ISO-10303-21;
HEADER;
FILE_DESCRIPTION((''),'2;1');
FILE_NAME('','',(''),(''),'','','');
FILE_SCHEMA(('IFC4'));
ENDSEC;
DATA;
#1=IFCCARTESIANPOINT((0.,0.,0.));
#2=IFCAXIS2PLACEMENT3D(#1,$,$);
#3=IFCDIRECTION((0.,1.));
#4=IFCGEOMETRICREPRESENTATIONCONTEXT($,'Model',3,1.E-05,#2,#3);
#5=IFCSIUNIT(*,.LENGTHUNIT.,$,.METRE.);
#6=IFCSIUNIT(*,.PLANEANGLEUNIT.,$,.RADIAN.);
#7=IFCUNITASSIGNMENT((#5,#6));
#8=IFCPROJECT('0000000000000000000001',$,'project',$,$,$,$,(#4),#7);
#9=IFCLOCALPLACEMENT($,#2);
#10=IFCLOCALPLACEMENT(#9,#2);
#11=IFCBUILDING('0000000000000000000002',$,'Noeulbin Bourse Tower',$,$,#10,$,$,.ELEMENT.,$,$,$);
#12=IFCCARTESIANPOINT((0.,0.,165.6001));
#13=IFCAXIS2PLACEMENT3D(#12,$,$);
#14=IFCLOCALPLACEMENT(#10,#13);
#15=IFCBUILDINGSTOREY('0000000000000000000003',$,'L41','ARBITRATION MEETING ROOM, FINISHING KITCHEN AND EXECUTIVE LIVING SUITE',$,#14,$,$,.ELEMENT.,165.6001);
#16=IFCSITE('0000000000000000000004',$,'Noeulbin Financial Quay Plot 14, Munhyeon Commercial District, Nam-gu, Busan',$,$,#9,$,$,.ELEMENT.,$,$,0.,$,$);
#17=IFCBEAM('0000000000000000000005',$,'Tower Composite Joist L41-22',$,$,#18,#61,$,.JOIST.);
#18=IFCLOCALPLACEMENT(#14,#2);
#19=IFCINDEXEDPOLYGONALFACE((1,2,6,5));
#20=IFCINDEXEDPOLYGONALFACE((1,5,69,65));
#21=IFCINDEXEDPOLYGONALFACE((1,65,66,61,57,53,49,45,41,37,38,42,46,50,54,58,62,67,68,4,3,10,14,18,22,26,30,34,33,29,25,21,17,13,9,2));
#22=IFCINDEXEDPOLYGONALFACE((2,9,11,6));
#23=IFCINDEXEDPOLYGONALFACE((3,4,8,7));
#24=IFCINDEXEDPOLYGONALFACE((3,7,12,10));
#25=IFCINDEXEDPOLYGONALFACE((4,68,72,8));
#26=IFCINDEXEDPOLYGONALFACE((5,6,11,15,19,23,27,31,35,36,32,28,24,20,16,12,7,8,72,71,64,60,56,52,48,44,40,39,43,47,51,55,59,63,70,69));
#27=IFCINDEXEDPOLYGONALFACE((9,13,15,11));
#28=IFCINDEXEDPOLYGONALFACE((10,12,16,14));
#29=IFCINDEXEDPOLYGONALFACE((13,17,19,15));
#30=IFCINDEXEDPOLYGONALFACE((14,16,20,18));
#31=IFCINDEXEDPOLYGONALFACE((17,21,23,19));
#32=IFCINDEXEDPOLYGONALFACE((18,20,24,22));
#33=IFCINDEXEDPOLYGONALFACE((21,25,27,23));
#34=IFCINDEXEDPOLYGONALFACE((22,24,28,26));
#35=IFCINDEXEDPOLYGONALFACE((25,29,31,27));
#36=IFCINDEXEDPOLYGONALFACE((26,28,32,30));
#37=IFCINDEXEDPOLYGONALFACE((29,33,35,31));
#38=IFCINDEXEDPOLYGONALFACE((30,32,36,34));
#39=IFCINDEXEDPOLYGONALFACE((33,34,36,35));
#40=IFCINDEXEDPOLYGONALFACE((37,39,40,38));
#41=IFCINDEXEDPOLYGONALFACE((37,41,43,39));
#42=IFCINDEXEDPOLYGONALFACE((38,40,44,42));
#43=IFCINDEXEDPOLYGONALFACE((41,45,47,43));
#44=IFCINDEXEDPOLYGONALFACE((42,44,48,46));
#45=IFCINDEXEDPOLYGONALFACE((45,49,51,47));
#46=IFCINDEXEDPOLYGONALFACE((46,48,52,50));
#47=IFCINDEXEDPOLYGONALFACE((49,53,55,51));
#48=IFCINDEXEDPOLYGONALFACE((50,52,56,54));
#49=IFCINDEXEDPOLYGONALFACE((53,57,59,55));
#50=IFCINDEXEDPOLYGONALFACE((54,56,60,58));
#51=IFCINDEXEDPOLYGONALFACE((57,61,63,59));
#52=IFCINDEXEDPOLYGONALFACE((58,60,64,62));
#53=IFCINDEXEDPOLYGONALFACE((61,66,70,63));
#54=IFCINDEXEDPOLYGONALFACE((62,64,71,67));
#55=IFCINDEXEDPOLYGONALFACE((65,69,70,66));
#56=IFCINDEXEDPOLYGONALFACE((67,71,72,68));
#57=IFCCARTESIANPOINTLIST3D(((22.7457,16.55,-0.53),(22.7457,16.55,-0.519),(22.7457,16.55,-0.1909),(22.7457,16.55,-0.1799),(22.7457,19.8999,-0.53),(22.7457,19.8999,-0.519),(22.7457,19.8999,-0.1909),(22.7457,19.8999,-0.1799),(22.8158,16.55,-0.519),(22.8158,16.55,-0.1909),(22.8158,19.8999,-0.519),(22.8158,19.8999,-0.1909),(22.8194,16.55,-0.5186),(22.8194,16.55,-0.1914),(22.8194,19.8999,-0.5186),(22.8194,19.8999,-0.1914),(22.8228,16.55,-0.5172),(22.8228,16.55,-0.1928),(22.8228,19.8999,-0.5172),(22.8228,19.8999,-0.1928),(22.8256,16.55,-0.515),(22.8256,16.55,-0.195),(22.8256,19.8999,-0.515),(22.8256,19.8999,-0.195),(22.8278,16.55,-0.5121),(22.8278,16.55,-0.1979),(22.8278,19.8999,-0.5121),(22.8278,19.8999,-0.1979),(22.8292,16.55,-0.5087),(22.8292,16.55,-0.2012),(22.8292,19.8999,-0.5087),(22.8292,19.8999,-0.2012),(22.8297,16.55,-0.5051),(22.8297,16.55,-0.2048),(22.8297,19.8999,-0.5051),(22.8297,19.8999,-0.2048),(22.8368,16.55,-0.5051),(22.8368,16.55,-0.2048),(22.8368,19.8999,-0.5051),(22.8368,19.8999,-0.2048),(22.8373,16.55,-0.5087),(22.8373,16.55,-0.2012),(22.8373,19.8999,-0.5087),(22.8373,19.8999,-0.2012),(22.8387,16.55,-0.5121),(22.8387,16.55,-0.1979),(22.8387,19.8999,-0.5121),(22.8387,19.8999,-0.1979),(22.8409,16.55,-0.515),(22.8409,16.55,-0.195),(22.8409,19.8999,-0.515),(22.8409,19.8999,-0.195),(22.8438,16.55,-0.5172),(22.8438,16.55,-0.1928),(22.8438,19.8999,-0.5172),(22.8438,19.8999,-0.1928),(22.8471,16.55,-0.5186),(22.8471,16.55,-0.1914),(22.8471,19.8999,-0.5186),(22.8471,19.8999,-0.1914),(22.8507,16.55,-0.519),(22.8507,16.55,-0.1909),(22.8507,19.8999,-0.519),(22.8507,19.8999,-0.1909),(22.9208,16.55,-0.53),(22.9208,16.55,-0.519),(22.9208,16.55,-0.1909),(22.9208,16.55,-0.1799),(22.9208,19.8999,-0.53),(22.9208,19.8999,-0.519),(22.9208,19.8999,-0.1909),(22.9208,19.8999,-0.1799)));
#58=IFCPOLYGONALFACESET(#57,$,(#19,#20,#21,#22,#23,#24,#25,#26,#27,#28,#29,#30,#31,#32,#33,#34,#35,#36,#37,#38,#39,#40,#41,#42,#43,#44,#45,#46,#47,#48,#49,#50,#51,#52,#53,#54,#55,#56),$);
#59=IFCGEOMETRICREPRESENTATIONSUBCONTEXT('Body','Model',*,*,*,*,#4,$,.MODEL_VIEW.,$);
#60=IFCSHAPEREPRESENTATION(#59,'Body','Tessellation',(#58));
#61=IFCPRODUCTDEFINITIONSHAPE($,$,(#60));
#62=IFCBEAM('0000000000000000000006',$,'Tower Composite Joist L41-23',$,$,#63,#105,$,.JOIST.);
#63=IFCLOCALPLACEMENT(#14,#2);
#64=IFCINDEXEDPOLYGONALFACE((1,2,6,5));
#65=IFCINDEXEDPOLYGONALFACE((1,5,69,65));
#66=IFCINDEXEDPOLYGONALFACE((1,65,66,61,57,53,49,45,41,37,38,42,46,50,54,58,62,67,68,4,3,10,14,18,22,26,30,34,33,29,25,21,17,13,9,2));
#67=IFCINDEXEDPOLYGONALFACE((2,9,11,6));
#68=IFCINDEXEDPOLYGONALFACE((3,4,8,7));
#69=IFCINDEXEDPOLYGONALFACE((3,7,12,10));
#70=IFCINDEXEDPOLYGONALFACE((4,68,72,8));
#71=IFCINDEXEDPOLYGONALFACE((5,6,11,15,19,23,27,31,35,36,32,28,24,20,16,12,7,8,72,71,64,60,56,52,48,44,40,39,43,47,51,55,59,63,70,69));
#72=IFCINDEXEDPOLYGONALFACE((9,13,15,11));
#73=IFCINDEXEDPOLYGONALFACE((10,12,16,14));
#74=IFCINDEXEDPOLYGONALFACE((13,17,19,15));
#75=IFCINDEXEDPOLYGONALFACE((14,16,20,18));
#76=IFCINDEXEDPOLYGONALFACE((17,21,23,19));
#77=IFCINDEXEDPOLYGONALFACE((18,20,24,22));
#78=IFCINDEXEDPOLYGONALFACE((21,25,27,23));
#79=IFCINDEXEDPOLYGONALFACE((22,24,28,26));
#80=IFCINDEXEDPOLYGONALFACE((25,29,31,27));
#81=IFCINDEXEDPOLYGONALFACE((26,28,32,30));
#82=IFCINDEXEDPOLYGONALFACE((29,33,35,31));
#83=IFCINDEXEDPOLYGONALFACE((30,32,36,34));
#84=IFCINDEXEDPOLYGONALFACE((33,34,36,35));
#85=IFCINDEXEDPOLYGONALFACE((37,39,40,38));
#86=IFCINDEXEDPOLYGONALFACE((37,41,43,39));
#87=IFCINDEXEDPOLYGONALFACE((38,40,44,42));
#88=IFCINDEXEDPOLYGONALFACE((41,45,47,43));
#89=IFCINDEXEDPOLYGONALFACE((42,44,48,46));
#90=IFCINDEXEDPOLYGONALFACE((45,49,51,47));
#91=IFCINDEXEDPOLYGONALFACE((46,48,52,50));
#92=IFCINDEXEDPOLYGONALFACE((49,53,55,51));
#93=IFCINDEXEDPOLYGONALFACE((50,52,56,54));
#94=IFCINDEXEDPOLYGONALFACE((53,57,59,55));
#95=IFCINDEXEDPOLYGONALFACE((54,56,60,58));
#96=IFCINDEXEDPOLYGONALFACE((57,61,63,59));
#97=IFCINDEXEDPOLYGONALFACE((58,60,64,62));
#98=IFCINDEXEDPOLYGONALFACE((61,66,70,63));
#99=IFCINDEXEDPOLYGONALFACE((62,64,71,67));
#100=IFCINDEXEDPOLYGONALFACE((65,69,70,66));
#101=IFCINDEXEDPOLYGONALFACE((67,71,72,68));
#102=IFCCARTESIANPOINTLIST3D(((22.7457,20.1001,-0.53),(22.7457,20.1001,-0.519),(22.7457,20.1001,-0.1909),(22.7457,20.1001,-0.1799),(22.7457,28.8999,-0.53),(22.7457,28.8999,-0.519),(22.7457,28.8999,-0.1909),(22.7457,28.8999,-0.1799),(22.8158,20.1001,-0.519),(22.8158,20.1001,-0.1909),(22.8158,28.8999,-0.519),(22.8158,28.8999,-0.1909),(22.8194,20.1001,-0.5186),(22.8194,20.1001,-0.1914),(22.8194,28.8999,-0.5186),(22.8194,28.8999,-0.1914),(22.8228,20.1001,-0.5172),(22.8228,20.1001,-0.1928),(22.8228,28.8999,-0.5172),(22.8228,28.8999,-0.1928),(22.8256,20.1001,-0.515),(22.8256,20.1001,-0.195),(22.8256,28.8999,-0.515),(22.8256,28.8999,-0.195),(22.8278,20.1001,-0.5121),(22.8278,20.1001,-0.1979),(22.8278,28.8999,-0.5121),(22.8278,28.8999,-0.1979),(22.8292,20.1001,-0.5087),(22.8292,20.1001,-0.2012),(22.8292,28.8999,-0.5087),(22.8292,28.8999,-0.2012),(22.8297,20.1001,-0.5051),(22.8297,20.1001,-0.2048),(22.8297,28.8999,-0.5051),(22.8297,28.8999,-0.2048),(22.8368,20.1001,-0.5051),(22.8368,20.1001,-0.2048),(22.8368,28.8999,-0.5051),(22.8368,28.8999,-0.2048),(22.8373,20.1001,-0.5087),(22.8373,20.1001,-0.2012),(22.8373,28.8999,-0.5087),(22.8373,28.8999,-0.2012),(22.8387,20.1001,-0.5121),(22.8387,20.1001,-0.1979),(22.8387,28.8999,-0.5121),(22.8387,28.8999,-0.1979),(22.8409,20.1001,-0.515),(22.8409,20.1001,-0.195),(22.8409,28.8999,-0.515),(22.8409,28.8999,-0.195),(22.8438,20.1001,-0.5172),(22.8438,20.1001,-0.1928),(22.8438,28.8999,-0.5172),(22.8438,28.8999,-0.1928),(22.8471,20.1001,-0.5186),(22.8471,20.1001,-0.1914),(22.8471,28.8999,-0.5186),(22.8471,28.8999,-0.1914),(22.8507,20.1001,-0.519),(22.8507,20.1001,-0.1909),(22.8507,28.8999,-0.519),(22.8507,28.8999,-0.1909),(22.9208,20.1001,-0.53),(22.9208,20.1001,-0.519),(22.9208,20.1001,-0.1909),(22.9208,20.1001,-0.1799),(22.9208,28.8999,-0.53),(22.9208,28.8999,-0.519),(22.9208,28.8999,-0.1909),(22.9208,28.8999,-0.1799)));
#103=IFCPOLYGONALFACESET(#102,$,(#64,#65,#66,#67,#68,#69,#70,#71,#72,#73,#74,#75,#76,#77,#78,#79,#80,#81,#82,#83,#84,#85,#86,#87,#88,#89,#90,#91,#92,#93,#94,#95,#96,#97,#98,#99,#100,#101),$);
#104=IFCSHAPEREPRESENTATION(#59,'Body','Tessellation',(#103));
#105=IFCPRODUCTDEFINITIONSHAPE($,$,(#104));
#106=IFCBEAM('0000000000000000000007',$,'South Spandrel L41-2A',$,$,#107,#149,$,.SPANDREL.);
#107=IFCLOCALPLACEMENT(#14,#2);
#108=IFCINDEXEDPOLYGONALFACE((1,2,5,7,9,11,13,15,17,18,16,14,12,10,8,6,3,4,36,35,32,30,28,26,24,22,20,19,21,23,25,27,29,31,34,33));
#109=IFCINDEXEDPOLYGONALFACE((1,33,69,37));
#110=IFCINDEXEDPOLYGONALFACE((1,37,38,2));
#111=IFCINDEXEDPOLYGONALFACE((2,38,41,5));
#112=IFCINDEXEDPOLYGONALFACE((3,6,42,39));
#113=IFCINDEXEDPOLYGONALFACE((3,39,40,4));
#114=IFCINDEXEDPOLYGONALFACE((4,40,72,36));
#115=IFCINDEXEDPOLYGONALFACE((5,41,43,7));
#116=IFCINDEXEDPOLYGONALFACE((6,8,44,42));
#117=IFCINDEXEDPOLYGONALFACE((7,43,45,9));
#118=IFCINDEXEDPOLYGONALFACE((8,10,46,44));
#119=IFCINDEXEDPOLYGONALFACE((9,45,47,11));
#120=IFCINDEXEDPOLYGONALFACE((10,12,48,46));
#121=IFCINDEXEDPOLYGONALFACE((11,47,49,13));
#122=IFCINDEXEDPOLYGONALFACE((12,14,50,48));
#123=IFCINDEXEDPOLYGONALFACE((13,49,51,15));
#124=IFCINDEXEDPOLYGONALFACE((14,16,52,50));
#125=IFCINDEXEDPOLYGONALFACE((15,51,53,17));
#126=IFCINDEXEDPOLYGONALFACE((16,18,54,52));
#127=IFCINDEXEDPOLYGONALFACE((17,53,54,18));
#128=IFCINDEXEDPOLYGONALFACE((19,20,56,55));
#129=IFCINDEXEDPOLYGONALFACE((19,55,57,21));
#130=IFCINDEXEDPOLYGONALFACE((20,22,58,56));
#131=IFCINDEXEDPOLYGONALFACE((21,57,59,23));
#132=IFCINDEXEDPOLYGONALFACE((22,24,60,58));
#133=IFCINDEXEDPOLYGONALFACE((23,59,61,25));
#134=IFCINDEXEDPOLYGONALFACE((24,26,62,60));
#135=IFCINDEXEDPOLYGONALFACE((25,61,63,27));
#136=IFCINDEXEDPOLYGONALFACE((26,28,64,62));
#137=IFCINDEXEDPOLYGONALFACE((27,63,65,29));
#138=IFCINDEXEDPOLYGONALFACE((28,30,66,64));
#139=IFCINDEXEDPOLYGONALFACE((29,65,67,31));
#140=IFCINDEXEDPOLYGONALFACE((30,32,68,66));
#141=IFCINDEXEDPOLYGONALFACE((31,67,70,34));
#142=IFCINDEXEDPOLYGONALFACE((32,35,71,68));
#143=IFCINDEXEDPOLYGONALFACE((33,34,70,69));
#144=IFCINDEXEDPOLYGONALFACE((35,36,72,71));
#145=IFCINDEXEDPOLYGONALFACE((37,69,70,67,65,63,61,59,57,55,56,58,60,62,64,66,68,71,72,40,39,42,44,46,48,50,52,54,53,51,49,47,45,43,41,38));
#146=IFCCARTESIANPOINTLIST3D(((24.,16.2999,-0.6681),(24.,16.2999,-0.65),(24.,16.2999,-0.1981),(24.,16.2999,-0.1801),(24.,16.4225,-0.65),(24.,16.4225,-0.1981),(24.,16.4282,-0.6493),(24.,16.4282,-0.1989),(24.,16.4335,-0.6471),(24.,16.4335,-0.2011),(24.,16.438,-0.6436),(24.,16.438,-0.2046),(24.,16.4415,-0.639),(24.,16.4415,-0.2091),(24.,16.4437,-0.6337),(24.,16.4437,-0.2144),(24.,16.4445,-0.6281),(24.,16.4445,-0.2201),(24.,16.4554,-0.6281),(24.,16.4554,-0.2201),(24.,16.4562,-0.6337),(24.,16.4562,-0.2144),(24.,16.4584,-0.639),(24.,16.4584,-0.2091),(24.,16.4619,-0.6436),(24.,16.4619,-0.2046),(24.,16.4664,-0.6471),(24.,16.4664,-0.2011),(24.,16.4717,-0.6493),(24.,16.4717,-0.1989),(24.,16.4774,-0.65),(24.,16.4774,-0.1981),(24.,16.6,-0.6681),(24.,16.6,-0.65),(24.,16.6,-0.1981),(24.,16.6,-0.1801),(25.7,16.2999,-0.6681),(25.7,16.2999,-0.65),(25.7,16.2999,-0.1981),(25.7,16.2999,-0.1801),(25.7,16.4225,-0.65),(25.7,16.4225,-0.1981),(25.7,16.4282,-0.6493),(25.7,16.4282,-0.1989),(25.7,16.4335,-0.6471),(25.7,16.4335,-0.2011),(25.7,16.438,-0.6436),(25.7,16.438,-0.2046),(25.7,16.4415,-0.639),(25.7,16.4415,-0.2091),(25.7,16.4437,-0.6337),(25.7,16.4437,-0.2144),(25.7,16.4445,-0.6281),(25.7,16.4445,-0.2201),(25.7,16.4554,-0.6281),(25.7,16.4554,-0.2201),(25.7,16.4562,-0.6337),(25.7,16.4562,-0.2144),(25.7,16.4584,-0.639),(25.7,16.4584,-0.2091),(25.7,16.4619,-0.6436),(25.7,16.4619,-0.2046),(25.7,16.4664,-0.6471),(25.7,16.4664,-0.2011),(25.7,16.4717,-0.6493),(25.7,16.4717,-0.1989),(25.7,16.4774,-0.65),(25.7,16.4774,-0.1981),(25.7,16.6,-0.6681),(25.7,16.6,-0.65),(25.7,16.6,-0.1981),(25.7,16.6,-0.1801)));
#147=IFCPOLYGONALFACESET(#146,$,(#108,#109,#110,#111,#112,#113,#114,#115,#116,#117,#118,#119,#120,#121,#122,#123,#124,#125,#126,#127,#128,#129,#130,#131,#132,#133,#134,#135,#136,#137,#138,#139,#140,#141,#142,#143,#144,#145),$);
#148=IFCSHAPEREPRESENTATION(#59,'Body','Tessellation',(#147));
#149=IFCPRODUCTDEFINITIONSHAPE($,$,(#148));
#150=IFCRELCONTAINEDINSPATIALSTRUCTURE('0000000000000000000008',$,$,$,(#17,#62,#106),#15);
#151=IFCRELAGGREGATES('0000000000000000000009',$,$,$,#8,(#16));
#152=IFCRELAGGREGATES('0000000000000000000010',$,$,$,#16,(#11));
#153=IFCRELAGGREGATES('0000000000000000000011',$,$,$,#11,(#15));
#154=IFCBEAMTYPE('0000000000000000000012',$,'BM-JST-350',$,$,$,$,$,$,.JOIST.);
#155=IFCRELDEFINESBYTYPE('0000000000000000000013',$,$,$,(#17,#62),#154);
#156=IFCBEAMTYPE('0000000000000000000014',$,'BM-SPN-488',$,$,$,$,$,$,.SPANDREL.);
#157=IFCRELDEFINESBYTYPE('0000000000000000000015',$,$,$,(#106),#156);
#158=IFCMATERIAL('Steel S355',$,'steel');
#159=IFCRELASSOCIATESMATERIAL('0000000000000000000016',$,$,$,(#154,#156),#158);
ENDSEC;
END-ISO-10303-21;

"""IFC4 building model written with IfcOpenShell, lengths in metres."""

from ifc_helpers import new_model, si_unit, direction, frame, origin, origin_2d, place, context, subcontext, project, spatial, i_section, extrude, material, material_profile, profile_set, type_object, element, save


model = new_model("IFC4")

# Units and contexts
model_context = context("Model", 3, precision=1e-05, world=origin(), true_north=direction((0.0, 1.0)))
body_context = subcontext(model_context, "Body", "Model", "MODEL_VIEW")
ifc_project = project(units=[si_unit("LENGTHUNIT", "METRE"), si_unit("PLANEANGLEUNIT", "RADIAN")], contexts=[model_context])

# Site, building, storey
site_placement = place(None, origin())
site = spatial("IfcSite", under=ifc_project, at=site_placement, Name="Noeulbin Financial Quay Plot 14, Munhyeon Commercial District, Nam-gu, Busan", CompositionType="ELEMENT", RefElevation=0.0)
building_placement = place(site_placement, origin())
building = spatial("IfcBuilding", under=site, at=building_placement, Name="Noeulbin Bourse Tower", CompositionType="ELEMENT")
storey_placement = place(building_placement, frame((0.0, 0.0, 165.6001)))
storey = spatial("IfcBuildingStorey", under=building, at=storey_placement, Name="L41", Description="ARBITRATION MEETING ROOM, FINISHING KITCHEN AND EXECUTIVE LIVING SUITE", CompositionType="ELEMENT", Elevation=165.6001)

# Shared definitions
ifc_material_1 = material(Name="Steel S355", Category="steel")

# Beams
ifc_material_profile_1 = material_profile(ifc_material_1, i_section(OverallWidth=0.175, OverallDepth=0.3501, WebThickness=0.0071, FlangeThickness=0.011, FilletRadius=0.0139, at=origin_2d()), Name="H-350x175x7x11", Category="LoadBearing")
ifc_profile_set_1 = profile_set([ifc_material_profile_1], Name="Steel S355")
beam_type_1 = type_object("IfcBeamType", Name="BM-JST-350", PredefinedType="JOIST", material=ifc_profile_set_1)
beam_1_placement = place(storey_placement, frame((22.8333, 16.55, -0.355), z_axis=(0.0, 1.0, 0.0), x_axis=(-1.0, 0.0, 0.0)))
element("IfcBeam", 1, at=beam_1_placement, inside=storey, type_object=beam_type_1, Name="Tower Composite Joist L41-22", PredefinedType="JOIST", context=body_context, shape_type="SweptSolid", body=[
    extrude(i_section(OverallWidth=0.175, OverallDepth=0.3501, WebThickness=0.0071, FlangeThickness=0.011, FilletRadius=0.0139, at=origin_2d()), origin(), (0.0, 0.0, 1.0), 3.3499),
])
beam_2_placement = place(storey_placement, frame((22.8333, 20.1001, -0.355), z_axis=(0.0, 1.0, 0.0), x_axis=(-1.0, 0.0, 0.0)))
element("IfcBeam", 2, at=beam_2_placement, inside=storey, type_object=beam_type_1, Name="Tower Composite Joist L41-23", PredefinedType="JOIST", context=body_context, shape_type="SweptSolid", body=[
    extrude(i_section(OverallWidth=0.175, OverallDepth=0.3501, WebThickness=0.0071, FlangeThickness=0.011, FilletRadius=0.0139, at=origin_2d()), origin(), (0.0, 0.0, 1.0), 8.7998),
])
ifc_material_profile_2 = material_profile(ifc_material_1, i_section(OverallWidth=0.3, OverallDepth=0.488, WebThickness=0.011, FlangeThickness=0.0181, FilletRadius=0.022, at=origin_2d()), Name="H-488x300x11x18", Category="LoadBearing")
ifc_profile_set_2 = profile_set([ifc_material_profile_2], Name="Steel S355")
beam_type_2 = type_object("IfcBeamType", Name="BM-SPN-488", PredefinedType="SPANDREL", material=ifc_profile_set_2)
beam_3_placement = place(storey_placement, frame((24.0, 16.45, -0.4241), z_axis=(1.0, 0.0, 0.0), x_axis=(0.0, 1.0, 0.0)))
element("IfcBeam", 3, at=beam_3_placement, inside=storey, type_object=beam_type_2, Name="South Spandrel L41-2A", PredefinedType="SPANDREL", context=body_context, shape_type="SweptSolid", body=[
    extrude(i_section(OverallWidth=0.3, OverallDepth=0.488, WebThickness=0.011, FlangeThickness=0.0181, FilletRadius=0.022, at=origin_2d()), origin(), (0.0, 0.0, 1.0), 1.7),
])

save(model, "model.ifc")
